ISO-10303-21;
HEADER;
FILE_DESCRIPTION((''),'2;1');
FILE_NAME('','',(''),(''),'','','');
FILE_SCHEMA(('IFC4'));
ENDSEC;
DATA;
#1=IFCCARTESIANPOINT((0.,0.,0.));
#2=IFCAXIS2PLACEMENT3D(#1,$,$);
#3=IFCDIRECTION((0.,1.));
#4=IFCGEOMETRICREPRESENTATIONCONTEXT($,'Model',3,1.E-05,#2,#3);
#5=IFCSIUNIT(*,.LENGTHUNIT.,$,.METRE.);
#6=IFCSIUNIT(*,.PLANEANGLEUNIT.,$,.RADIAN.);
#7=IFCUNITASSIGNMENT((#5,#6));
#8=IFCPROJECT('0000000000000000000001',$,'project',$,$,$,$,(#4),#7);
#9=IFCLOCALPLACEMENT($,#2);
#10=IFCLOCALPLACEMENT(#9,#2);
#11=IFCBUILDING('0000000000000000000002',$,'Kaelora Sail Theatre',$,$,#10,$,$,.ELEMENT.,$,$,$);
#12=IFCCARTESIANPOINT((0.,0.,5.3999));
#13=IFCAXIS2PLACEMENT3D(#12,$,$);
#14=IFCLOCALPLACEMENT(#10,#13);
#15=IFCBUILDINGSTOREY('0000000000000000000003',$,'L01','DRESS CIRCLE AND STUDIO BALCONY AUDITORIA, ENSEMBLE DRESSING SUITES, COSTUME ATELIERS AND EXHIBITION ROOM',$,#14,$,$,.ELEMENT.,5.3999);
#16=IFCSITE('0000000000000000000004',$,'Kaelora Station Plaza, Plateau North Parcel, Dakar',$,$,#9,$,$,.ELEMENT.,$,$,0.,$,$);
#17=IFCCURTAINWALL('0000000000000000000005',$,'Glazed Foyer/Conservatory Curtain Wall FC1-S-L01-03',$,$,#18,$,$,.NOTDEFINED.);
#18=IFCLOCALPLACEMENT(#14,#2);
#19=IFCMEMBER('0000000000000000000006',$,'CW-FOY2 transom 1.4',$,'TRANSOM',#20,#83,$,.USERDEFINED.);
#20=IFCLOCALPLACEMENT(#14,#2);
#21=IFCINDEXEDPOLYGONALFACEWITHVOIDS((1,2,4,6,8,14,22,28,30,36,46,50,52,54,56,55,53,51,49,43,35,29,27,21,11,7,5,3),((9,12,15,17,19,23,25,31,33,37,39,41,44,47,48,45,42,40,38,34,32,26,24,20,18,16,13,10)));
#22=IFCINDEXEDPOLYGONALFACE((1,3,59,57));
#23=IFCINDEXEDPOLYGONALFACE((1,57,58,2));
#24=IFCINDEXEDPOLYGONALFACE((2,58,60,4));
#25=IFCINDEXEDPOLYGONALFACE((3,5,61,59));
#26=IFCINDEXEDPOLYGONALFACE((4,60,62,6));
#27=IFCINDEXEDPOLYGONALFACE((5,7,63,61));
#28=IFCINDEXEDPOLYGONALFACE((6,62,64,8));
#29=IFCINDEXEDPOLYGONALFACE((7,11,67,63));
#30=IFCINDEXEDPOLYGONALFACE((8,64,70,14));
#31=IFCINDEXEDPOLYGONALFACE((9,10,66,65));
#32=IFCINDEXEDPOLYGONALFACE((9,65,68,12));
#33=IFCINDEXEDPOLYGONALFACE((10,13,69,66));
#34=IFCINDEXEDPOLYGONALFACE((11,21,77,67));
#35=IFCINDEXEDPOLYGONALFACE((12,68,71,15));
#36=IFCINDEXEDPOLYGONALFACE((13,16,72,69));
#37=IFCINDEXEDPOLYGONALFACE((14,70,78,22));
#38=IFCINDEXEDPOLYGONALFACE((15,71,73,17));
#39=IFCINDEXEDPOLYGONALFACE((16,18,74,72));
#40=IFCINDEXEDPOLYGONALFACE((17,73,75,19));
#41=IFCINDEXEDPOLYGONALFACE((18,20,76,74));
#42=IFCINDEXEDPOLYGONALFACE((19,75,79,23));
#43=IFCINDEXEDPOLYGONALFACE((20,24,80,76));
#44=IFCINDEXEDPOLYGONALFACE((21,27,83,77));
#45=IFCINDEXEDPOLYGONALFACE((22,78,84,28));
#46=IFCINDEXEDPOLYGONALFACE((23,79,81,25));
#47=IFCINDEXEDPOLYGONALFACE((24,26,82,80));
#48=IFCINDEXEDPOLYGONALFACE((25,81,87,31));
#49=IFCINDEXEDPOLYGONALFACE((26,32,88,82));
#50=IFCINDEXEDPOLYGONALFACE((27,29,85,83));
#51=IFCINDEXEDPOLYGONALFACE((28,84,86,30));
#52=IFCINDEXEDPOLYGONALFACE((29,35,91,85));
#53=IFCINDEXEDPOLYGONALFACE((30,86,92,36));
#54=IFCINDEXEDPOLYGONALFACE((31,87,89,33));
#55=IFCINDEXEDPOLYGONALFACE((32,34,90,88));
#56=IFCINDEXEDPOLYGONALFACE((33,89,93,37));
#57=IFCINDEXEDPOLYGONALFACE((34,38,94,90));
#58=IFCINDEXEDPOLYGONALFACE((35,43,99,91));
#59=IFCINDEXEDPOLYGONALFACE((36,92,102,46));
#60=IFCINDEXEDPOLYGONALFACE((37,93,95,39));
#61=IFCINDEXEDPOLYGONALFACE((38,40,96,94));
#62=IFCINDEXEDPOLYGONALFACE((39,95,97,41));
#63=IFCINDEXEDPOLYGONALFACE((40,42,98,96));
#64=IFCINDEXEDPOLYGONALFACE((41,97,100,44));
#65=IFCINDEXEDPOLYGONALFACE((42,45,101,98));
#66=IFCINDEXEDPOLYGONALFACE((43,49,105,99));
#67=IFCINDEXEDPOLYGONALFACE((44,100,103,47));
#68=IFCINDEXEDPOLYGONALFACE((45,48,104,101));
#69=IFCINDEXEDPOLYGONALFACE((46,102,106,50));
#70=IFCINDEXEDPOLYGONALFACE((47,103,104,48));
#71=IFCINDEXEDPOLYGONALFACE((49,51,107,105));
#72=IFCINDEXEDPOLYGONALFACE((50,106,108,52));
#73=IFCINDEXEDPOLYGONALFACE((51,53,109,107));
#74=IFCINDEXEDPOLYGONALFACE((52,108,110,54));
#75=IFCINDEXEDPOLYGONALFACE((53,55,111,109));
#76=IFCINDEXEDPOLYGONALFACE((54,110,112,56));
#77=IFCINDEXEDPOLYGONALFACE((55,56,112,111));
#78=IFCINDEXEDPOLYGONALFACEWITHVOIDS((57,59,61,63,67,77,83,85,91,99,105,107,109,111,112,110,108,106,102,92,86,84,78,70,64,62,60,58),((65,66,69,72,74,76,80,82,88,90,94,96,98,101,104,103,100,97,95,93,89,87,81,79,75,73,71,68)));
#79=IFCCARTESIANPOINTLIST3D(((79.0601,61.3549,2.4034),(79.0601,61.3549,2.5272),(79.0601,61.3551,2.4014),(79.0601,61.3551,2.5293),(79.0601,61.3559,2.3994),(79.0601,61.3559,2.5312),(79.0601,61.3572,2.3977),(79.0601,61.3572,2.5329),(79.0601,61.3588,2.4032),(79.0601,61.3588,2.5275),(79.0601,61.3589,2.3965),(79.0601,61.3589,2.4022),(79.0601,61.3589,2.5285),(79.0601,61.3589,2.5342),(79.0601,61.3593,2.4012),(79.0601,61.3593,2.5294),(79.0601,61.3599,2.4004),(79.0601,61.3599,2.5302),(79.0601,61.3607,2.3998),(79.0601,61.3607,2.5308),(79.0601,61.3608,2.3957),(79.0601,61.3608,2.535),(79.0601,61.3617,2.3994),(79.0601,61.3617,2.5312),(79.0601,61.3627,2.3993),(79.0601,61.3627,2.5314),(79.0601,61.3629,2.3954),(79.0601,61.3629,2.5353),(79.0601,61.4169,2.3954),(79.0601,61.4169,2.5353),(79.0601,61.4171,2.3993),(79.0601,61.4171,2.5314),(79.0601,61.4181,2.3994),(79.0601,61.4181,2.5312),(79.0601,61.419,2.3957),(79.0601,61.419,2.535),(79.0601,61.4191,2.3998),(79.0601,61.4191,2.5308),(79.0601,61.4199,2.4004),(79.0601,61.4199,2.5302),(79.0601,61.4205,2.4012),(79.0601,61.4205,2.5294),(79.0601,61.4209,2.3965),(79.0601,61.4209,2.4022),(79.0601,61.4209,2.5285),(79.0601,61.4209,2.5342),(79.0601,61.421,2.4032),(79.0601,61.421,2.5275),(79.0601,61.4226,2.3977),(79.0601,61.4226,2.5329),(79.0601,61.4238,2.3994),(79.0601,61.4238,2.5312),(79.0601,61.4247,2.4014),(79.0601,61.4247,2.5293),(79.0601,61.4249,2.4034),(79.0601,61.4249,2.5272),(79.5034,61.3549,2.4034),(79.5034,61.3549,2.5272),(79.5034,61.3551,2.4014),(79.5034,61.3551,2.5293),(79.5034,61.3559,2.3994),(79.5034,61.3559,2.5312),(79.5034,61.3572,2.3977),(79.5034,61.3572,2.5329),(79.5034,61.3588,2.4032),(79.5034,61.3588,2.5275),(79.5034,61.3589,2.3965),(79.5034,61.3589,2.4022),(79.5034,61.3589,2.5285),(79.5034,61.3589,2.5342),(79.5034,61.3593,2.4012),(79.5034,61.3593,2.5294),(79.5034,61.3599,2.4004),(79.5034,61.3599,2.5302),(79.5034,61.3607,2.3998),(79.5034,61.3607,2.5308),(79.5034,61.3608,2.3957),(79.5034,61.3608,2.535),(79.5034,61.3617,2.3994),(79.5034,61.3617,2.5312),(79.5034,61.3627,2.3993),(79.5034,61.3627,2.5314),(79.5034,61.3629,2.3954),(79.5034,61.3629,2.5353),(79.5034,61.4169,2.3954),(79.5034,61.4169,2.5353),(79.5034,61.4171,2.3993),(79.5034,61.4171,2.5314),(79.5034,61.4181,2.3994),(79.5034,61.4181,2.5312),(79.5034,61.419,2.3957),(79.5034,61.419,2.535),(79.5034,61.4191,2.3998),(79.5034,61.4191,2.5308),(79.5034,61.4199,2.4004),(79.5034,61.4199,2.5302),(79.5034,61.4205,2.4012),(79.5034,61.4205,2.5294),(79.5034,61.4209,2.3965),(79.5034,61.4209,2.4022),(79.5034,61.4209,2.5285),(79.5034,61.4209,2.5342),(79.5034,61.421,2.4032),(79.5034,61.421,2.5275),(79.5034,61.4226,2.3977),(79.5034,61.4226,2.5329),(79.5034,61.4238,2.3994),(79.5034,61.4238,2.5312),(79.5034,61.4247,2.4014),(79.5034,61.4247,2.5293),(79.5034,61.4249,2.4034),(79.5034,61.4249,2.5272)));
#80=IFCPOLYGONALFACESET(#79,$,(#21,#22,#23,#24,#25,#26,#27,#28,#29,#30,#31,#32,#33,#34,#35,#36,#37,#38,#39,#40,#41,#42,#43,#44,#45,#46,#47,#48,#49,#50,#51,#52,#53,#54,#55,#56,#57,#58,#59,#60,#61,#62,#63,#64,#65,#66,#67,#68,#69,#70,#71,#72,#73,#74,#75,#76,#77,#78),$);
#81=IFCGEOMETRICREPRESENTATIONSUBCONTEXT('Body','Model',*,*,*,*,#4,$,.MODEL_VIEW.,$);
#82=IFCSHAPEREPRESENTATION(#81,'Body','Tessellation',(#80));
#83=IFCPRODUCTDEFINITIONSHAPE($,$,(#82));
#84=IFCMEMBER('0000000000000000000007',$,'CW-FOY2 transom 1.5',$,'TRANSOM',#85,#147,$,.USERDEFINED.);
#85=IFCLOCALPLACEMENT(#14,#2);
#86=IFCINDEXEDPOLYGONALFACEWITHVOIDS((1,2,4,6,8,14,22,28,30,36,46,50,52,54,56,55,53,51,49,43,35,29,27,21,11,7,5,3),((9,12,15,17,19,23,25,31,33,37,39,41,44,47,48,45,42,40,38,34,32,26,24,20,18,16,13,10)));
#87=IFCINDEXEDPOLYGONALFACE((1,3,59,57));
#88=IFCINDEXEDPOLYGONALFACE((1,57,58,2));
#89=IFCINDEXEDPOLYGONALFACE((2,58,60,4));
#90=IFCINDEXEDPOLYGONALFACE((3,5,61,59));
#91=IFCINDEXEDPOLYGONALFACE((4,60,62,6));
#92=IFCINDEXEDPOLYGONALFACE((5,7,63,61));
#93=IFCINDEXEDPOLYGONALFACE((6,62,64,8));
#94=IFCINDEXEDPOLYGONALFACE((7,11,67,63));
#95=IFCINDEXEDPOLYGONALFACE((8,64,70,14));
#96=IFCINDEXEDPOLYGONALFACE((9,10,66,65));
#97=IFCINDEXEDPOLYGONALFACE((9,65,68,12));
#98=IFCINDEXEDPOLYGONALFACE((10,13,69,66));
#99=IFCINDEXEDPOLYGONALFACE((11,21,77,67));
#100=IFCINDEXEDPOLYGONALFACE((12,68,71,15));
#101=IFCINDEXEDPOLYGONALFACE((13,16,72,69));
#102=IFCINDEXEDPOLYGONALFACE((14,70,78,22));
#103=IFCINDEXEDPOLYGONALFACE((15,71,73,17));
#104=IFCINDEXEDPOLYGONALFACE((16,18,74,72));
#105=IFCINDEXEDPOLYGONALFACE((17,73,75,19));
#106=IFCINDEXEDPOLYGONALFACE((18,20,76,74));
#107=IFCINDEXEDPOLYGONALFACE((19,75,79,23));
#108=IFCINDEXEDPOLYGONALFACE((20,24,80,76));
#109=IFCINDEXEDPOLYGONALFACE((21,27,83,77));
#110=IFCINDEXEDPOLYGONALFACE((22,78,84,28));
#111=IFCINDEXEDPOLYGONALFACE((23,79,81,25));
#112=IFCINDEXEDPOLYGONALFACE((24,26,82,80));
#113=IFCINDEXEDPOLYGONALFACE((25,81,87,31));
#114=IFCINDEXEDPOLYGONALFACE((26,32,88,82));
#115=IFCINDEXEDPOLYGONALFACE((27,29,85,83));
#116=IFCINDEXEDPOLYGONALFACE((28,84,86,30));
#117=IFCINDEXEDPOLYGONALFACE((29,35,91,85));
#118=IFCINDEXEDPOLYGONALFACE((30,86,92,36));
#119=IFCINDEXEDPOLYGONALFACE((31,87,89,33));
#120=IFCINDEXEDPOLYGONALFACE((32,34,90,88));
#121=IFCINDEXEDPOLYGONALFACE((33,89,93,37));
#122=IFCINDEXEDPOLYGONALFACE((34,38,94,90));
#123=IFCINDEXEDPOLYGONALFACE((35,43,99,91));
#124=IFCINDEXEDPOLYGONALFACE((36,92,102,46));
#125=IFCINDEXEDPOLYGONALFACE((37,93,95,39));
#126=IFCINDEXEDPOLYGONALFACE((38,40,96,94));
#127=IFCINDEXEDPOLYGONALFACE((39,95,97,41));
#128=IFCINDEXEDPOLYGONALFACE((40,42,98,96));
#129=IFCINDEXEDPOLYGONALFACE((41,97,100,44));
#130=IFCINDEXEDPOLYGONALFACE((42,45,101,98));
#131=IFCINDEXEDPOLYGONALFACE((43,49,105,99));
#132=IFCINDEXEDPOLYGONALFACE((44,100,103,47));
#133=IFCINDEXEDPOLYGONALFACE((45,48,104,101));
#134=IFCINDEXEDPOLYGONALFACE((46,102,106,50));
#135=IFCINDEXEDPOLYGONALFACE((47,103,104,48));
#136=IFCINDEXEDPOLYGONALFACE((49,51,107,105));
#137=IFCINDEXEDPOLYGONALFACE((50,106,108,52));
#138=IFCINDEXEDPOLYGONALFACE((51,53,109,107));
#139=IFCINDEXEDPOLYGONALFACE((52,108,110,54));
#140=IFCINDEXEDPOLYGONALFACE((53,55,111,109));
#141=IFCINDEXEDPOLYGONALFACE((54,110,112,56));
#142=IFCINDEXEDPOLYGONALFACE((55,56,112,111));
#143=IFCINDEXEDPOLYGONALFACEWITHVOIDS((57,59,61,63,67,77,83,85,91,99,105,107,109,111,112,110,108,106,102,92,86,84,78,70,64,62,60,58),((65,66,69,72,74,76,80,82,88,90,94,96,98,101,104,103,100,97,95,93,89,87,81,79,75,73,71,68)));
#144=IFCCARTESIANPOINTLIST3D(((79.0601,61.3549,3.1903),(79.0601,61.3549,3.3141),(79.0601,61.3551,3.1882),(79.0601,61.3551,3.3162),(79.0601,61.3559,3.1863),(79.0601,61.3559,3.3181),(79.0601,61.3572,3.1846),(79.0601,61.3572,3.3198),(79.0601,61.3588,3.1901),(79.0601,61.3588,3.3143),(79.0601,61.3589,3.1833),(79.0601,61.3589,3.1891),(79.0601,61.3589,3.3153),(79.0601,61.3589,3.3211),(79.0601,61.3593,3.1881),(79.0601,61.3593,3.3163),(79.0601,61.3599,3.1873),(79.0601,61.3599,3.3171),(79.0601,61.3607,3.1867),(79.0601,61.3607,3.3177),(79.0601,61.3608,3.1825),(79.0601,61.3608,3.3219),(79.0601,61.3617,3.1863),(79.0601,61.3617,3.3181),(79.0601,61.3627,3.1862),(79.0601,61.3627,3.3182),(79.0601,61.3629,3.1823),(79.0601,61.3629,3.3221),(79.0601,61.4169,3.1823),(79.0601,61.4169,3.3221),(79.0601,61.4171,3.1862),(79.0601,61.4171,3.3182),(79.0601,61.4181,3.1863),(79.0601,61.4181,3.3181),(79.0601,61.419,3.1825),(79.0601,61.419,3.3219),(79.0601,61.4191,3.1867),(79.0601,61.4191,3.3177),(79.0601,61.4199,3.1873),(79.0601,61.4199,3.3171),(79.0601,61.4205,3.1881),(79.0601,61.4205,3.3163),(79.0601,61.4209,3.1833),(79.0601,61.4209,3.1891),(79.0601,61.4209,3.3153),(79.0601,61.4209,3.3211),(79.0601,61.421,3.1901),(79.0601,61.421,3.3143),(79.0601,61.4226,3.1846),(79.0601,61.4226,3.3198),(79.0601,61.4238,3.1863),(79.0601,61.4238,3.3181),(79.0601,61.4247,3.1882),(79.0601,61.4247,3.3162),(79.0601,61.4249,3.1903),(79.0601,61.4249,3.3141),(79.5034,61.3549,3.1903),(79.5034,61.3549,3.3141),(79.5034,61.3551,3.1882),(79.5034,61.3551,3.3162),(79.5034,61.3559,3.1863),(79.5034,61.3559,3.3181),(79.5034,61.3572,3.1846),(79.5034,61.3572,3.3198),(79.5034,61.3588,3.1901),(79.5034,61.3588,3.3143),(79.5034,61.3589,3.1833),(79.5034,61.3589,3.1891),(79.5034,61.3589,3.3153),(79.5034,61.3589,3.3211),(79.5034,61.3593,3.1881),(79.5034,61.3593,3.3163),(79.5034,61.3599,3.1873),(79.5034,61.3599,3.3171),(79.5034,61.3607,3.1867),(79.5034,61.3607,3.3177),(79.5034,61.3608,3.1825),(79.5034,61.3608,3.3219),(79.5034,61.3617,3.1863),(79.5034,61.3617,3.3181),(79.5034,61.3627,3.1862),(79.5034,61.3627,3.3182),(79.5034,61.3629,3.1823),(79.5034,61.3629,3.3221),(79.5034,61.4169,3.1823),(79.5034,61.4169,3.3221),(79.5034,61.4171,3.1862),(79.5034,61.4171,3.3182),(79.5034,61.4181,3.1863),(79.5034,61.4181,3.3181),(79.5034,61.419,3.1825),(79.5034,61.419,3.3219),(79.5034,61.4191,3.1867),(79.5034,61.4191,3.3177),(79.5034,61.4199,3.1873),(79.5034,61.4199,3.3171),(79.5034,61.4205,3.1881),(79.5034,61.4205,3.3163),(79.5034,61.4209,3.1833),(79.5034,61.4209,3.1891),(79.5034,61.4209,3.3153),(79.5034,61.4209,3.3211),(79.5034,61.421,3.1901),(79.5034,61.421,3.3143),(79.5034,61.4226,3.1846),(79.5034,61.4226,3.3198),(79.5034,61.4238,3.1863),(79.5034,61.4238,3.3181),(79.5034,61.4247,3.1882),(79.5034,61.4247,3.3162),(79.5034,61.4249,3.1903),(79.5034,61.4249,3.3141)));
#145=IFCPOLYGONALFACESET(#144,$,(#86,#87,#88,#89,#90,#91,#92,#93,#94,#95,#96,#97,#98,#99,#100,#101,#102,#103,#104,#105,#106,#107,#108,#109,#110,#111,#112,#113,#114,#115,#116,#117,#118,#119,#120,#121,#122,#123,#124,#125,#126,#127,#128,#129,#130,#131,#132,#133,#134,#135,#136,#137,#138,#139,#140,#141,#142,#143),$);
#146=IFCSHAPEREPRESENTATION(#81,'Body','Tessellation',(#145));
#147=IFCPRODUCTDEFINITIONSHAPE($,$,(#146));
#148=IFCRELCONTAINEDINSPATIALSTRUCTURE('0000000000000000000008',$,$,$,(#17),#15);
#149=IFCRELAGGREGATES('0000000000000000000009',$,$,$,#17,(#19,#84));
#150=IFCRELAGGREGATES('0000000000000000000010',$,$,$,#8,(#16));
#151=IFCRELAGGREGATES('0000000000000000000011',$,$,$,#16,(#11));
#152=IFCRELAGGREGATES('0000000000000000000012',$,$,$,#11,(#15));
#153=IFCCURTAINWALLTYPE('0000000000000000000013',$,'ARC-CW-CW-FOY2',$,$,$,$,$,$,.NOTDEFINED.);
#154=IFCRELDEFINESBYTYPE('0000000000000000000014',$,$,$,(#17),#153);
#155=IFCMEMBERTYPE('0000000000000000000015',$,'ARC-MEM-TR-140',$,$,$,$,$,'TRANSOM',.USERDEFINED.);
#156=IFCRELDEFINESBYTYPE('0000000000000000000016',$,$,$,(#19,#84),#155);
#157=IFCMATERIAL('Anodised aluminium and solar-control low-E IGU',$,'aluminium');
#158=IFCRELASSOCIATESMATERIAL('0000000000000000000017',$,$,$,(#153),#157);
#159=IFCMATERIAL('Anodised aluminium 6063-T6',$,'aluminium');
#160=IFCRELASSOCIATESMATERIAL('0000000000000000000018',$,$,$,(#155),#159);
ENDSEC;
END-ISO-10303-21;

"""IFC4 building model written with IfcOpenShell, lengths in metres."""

from ifc_helpers import new_model, si_unit, direction, frame, origin, origin_2d, place, context, subcontext, project, spatial, hollow_rectangle, extrude, material, material_profile, profile_set, type_object, element, aggregate, save


model = new_model("IFC4")

# Units and contexts
model_context = context("Model", 3, precision=1e-05, world=origin(), true_north=direction((0.0, 1.0)))
body_context = subcontext(model_context, "Body", "Model", "MODEL_VIEW")
ifc_project = project(units=[si_unit("LENGTHUNIT", "METRE"), si_unit("PLANEANGLEUNIT", "RADIAN")], contexts=[model_context])

# Site, building, storey
site_placement = place(None, origin())
site = spatial("IfcSite", under=ifc_project, at=site_placement, Name="Kaelora Station Plaza, Plateau North Parcel, Dakar", CompositionType="ELEMENT", RefElevation=0.0)
building_placement = place(site_placement, origin())
building = spatial("IfcBuilding", under=site, at=building_placement, Name="Kaelora Sail Theatre", CompositionType="ELEMENT")
storey_placement = place(building_placement, frame((0.0, 0.0, 5.3999)))
storey = spatial("IfcBuildingStorey", under=building, at=storey_placement, Name="L01", Description="DRESS CIRCLE AND STUDIO BALCONY AUDITORIA, ENSEMBLE DRESSING SUITES, COSTUME ATELIERS AND EXHIBITION ROOM", CompositionType="ELEMENT", Elevation=5.3999)

# Curtain wall
ifc_material_1 = material(Name="Anodised aluminium and solar-control low-E IGU", Category="aluminium")
curtain_wall_type = type_object("IfcCurtainWallType", Name="ARC-CW-CW-FOY2", PredefinedType="NOTDEFINED", material=ifc_material_1)
curtain_wall_1_placement = place(storey_placement, origin())
curtain_wall_1 = element("IfcCurtainWall", 1, at=curtain_wall_1_placement, inside=storey, type_object=curtain_wall_type, Name="Glazed Foyer/Conservatory Curtain Wall FC1-S-L01-03", PredefinedType="NOTDEFINED")

# Members
ifc_material_2 = material(Name="Anodised aluminium 6063-T6", Category="aluminium")
ifc_material_profile_1 = material_profile(ifc_material_2, hollow_rectangle(XDim=0.0701, YDim=0.1399, WallThickness=0.0039, InnerFilletRadius=0.0039, OuterFilletRadius=0.0081, at=origin_2d()), Name="ALU-TRAN 70x140x4")
ifc_profile_set_1 = profile_set([ifc_material_profile_1], Name="Anodised aluminium 6063-T6")
member_type_1 = type_object("IfcMemberType", Name="ARC-MEM-TR-140", ElementType="TRANSOM", PredefinedType="USERDEFINED", material=ifc_profile_set_1)
member_1_placement = place(storey_placement, frame((79.0601, 61.3899, 2.4653), z_axis=(1.0, 0.0, 0.0), x_axis=(0.0, 1.0, 0.0)))
member_1 = element("IfcMember", 2, at=member_1_placement, type_object=member_type_1, Name="CW-FOY2 transom 1.4", ObjectType="TRANSOM", PredefinedType="USERDEFINED", context=body_context, shape_type="SweptSolid", body=[
    extrude(hollow_rectangle(XDim=0.0701, YDim=0.1399, WallThickness=0.0039, InnerFilletRadius=0.0039, OuterFilletRadius=0.0081, at=origin_2d()), origin(), (0.0, 0.0, 1.0), 0.4434),
])
member_2_placement = place(storey_placement, frame((79.0601, 61.3899, 3.2522), z_axis=(1.0, 0.0, 0.0), x_axis=(0.0, 1.0, 0.0)))
member_2 = element("IfcMember", 3, at=member_2_placement, type_object=member_type_1, Name="CW-FOY2 transom 1.5", ObjectType="TRANSOM", PredefinedType="USERDEFINED", context=body_context, shape_type="SweptSolid", body=[
    extrude(hollow_rectangle(XDim=0.0701, YDim=0.1399, WallThickness=0.0039, InnerFilletRadius=0.0039, OuterFilletRadius=0.0081, at=origin_2d()), origin(), (0.0, 0.0, 1.0), 0.4434),
])

aggregate(curtain_wall_1, [member_1, member_2])

save(model, "model.ifc")
